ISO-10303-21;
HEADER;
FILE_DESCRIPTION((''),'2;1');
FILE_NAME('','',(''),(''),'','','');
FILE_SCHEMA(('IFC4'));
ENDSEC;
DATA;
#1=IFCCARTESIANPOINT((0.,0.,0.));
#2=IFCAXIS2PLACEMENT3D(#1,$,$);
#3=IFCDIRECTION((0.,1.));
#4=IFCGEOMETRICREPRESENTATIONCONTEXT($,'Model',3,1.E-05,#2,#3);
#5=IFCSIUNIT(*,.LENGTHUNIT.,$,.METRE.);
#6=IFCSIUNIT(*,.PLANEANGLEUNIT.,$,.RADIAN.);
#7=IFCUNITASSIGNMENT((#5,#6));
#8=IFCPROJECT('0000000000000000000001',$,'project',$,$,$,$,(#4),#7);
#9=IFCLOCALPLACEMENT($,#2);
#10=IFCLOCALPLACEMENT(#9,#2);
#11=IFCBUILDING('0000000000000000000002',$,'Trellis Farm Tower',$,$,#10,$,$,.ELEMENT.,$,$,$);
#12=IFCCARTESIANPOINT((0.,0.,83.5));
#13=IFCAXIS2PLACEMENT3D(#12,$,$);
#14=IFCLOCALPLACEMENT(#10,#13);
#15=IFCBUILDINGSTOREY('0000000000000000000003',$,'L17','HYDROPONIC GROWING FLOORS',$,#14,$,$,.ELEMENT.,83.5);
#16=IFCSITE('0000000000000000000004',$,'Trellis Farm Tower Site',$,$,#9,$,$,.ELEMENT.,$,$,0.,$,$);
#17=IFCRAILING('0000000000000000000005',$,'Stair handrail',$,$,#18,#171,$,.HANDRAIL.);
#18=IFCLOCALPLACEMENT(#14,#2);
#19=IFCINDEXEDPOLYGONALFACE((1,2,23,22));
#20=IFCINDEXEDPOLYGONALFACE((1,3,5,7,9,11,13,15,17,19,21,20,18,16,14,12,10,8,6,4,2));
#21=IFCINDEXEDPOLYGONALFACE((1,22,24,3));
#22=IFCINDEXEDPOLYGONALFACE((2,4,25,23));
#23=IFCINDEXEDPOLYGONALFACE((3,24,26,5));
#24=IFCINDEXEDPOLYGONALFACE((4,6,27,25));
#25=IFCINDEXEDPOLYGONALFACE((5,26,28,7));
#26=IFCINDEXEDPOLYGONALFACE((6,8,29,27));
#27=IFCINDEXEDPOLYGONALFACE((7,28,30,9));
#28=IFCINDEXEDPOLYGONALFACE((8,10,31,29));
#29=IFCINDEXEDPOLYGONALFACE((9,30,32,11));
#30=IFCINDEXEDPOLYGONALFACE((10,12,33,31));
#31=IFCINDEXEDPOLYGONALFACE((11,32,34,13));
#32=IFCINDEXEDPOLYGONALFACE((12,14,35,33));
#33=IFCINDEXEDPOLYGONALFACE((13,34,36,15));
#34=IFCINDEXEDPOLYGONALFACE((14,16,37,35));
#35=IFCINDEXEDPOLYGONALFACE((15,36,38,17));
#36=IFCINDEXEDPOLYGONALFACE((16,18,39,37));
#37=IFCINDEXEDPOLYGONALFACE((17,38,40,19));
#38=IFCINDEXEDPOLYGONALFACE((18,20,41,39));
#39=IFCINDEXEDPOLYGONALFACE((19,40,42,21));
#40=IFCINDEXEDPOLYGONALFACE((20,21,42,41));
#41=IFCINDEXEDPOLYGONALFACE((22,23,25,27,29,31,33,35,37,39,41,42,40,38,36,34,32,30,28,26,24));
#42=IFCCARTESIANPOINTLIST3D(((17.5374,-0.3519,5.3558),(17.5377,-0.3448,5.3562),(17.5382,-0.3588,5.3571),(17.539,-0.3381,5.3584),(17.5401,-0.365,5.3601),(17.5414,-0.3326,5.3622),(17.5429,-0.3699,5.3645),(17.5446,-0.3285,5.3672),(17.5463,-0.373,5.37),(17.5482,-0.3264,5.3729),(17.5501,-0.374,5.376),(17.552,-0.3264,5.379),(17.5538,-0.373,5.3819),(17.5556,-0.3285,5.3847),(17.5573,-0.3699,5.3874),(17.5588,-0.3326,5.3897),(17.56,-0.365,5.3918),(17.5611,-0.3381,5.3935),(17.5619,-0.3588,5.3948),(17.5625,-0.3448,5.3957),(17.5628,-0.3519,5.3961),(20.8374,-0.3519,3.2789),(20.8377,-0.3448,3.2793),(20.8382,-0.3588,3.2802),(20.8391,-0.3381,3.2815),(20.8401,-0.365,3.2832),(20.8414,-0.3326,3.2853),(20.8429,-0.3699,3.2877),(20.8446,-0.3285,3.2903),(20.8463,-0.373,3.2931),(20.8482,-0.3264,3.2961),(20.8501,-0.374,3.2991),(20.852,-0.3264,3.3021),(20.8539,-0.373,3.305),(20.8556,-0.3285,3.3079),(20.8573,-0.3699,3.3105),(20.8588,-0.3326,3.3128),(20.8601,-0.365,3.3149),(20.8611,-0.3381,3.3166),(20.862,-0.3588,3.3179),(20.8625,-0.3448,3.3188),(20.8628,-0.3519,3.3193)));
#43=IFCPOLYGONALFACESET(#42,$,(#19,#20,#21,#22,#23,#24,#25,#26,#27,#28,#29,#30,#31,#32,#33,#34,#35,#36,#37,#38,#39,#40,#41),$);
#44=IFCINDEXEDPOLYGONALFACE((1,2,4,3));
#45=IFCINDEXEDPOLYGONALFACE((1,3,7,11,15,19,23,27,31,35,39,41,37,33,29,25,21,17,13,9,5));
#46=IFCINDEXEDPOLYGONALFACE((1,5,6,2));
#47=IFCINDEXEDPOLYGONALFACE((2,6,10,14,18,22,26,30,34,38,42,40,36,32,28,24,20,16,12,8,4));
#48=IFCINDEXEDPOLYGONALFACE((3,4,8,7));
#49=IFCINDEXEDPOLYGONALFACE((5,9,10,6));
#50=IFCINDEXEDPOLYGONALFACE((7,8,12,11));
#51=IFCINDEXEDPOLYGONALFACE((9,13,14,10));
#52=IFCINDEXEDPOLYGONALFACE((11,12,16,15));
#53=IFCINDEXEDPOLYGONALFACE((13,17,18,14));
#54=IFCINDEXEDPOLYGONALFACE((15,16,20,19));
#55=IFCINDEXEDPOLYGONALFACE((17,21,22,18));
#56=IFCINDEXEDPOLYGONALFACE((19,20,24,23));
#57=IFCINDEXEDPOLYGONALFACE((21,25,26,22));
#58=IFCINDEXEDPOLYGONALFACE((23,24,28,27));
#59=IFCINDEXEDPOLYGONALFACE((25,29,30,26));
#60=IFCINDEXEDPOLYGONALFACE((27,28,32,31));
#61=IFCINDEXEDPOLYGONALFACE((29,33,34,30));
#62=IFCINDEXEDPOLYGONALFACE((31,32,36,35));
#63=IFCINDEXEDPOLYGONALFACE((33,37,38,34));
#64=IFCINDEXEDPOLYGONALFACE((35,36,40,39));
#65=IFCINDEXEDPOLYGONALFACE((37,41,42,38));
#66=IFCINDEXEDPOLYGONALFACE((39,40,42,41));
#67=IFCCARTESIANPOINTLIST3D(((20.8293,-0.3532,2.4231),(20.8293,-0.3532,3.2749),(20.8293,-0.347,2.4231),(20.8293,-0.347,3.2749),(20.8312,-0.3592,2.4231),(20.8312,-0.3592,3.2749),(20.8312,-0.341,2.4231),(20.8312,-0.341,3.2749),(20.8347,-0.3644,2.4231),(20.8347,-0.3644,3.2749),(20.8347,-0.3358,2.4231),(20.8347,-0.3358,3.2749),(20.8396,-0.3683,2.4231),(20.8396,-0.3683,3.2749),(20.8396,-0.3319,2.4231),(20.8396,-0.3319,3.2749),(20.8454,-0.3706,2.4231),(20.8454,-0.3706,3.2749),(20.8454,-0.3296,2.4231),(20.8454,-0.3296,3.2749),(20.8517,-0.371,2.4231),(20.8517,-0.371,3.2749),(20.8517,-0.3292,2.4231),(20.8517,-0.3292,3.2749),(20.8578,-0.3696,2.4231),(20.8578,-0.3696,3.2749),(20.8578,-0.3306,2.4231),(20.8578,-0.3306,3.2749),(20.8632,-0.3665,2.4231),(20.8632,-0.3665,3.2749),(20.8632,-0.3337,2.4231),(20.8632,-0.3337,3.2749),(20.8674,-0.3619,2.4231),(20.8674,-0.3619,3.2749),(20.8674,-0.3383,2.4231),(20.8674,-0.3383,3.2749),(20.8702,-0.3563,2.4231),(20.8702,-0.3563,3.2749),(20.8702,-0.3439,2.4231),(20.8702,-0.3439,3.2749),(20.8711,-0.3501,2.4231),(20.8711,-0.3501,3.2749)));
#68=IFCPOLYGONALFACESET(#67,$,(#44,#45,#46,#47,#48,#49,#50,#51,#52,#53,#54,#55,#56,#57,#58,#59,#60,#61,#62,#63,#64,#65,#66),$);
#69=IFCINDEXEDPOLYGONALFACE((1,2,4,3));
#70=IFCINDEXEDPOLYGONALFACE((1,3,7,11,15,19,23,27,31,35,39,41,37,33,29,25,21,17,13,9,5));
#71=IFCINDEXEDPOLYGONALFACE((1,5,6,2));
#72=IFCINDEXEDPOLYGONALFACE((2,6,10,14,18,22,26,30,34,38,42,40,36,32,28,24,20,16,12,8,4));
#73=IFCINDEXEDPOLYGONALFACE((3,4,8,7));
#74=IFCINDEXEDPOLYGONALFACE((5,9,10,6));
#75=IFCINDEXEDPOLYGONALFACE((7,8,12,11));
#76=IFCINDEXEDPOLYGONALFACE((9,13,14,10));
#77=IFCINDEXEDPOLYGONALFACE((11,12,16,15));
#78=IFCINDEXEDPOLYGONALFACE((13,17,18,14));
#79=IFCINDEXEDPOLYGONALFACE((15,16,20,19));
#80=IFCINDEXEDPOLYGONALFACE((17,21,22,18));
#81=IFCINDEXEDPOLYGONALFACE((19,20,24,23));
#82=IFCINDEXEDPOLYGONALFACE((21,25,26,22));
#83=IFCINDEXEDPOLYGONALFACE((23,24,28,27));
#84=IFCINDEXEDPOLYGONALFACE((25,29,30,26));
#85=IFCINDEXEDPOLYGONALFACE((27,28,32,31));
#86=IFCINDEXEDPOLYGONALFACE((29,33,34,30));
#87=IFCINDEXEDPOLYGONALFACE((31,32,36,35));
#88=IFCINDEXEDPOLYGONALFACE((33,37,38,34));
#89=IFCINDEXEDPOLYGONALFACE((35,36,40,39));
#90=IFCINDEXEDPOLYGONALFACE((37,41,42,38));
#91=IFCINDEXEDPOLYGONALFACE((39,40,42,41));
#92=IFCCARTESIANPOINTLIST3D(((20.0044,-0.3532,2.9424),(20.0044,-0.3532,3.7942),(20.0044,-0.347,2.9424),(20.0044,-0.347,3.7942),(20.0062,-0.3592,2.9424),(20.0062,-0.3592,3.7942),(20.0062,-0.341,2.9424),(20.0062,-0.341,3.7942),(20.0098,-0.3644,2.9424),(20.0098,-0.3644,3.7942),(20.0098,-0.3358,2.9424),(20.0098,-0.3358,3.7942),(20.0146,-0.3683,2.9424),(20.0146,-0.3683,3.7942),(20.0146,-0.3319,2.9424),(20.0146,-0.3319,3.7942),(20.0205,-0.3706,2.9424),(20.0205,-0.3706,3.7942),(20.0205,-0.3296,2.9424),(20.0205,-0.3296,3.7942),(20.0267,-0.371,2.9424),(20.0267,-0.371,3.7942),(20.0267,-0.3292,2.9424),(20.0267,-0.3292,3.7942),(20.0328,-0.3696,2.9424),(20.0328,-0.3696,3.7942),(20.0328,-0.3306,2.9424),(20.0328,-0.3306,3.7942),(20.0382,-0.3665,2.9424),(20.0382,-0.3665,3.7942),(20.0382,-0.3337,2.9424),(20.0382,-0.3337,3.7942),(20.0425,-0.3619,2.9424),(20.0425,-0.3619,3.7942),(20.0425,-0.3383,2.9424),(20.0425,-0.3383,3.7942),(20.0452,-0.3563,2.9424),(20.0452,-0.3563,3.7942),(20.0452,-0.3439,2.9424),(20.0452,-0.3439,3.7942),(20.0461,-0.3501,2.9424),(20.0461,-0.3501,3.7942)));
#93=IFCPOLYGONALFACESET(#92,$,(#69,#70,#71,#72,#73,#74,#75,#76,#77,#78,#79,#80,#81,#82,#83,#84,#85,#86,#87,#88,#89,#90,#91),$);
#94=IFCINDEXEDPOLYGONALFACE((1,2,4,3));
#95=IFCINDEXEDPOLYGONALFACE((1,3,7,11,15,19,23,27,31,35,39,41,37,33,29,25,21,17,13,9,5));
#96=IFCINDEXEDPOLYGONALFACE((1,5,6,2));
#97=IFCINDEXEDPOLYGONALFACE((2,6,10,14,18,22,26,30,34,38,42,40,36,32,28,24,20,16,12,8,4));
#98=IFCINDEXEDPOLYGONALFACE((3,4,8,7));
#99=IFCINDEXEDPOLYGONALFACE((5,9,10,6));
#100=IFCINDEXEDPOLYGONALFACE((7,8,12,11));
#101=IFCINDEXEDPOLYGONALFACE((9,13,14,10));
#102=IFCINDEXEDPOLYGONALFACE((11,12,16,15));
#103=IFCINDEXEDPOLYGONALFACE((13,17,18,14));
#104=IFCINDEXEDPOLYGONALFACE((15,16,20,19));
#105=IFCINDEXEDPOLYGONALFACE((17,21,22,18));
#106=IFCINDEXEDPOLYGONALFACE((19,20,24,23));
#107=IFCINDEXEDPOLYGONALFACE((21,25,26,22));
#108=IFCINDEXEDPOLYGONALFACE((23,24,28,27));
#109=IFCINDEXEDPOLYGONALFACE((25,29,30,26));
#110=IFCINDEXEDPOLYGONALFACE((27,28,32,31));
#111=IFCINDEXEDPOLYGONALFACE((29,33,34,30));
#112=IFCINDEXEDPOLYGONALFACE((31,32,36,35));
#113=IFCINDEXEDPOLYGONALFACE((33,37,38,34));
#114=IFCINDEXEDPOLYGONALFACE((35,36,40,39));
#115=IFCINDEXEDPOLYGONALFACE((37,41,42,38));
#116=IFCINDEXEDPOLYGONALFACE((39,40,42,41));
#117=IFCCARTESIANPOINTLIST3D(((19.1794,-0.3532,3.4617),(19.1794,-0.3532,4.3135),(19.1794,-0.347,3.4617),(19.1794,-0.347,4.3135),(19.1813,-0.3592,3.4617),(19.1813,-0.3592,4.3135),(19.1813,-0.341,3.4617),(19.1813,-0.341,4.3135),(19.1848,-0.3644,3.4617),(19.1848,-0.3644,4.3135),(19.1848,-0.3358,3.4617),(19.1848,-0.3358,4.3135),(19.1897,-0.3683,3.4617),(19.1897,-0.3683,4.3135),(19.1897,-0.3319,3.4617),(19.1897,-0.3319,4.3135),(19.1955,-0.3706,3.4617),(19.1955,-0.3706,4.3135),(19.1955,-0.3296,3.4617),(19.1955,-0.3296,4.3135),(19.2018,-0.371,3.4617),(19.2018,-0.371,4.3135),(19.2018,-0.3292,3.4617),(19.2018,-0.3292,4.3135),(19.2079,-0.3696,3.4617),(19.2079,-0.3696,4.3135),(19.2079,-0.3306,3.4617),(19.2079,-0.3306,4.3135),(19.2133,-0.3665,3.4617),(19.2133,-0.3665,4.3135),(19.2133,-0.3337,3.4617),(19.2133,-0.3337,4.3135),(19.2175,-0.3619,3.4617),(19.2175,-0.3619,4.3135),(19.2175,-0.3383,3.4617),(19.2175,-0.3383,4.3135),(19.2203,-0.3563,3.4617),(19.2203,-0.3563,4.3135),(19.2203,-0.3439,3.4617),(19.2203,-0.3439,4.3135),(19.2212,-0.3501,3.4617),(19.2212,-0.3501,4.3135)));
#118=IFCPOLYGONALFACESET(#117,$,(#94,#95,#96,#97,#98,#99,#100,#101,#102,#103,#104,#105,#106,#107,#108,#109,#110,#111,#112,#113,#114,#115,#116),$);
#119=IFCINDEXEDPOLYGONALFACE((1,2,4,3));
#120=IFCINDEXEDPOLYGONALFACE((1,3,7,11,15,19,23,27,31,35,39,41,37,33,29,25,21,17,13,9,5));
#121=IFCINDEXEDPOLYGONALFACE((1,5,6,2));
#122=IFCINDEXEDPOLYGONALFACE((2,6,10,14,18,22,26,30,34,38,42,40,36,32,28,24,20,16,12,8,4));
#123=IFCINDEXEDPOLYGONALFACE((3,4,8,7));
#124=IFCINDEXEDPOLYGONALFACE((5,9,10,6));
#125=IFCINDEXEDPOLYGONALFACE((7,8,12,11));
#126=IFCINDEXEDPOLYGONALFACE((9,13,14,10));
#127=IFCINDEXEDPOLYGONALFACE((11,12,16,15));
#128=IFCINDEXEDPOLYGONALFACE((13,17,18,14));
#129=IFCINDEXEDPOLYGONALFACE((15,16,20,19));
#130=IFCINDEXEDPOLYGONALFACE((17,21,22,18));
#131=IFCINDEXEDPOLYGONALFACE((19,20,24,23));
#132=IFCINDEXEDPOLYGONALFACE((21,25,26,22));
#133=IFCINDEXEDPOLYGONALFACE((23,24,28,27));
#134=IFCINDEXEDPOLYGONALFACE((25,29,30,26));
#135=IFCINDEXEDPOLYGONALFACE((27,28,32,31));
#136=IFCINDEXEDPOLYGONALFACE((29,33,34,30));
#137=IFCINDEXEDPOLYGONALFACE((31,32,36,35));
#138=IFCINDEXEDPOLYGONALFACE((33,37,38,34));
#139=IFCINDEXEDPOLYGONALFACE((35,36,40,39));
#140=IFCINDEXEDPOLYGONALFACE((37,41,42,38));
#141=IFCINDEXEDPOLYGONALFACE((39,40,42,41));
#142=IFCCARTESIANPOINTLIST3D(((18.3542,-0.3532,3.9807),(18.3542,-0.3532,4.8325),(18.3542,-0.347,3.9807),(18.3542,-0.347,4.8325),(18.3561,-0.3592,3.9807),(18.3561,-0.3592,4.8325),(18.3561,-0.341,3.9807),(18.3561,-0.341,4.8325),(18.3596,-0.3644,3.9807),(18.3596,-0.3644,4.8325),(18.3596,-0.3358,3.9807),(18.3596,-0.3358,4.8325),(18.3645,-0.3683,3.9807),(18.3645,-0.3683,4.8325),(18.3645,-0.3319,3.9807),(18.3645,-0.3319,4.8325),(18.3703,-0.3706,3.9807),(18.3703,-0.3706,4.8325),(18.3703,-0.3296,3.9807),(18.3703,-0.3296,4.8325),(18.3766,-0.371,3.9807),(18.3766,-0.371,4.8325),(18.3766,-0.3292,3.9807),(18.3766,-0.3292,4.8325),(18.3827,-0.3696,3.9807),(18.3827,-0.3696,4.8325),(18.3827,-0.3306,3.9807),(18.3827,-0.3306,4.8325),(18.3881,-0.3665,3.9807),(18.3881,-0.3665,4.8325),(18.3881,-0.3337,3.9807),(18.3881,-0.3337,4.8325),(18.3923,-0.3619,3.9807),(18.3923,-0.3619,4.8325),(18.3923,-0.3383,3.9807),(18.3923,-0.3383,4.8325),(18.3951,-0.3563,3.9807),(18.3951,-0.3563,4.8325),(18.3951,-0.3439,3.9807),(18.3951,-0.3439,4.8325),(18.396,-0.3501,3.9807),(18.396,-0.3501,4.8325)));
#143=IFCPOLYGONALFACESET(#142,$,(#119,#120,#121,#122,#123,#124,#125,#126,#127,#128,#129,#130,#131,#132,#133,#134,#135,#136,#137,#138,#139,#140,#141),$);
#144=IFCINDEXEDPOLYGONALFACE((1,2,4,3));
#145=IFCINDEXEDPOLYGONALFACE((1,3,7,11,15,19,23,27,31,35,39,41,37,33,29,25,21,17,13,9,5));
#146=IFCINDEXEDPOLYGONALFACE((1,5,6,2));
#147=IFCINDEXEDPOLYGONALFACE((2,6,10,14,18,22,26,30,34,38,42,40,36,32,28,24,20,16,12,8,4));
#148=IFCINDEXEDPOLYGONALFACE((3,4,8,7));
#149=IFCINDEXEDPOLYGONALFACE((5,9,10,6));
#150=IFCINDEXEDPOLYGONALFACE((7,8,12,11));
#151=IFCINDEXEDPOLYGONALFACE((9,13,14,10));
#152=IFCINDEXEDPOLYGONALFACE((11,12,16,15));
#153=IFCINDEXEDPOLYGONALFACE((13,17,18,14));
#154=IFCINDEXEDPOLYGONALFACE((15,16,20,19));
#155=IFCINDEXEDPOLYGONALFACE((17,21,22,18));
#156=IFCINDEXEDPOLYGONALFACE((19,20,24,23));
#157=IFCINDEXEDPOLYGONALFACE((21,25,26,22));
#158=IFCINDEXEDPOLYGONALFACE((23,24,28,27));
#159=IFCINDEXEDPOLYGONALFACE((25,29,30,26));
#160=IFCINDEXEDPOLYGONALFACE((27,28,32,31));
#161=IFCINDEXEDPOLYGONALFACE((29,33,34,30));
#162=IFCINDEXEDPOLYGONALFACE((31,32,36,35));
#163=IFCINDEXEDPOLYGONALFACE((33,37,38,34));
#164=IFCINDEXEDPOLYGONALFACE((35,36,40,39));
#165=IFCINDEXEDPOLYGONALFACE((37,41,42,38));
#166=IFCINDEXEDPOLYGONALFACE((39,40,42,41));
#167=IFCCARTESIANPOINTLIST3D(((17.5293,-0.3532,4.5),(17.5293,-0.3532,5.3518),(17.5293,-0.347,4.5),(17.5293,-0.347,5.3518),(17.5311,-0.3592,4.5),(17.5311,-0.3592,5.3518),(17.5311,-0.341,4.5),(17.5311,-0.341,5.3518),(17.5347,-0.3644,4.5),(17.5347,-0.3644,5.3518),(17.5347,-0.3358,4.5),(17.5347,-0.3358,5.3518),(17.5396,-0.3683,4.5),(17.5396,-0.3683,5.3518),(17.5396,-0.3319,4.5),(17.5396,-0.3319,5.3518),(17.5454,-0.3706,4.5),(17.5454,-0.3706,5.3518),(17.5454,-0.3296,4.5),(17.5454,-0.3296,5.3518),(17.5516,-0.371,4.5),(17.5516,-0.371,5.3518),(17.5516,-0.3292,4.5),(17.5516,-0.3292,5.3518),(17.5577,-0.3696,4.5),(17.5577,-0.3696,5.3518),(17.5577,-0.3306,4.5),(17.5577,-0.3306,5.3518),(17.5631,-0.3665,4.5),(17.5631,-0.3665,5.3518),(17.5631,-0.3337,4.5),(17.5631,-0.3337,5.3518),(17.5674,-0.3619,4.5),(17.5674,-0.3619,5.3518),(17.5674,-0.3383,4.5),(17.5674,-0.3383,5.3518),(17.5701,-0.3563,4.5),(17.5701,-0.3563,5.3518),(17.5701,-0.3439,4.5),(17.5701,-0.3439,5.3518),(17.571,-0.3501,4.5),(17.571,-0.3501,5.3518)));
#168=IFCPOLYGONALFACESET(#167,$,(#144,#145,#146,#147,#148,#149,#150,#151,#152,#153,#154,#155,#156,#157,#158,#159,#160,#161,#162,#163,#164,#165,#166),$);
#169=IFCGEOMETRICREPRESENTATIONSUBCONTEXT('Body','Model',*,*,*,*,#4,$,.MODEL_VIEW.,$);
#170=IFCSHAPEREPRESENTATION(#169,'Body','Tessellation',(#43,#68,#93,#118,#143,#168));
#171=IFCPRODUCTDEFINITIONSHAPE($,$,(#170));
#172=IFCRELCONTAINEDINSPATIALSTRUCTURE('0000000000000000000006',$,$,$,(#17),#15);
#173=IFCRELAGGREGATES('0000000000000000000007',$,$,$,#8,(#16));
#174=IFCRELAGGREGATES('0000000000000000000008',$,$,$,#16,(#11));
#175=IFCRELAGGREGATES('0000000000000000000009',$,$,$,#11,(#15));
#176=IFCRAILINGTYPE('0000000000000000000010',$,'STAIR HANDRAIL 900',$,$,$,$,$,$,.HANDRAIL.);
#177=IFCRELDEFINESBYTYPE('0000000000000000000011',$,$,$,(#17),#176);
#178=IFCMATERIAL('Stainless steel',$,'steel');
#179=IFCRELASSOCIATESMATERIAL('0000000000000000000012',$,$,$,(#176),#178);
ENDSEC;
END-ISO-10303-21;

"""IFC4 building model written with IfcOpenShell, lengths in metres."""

from ifc_helpers import new_model, si_unit, direction, frame, origin, origin_2d, place, context, subcontext, project, spatial, circle, extrude, source, transform, mapped, material, type_object, element, save


model = new_model("IFC4")

# Units and contexts
model_context = context("Model", 3, precision=1e-05, world=origin(), true_north=direction((0.0, 1.0)))
body_context = subcontext(model_context, "Body", "Model", "MODEL_VIEW")
ifc_project = project(units=[si_unit("LENGTHUNIT", "METRE"), si_unit("PLANEANGLEUNIT", "RADIAN")], contexts=[model_context])

# Site, building, storey
site_placement = place(None, origin())
site = spatial("IfcSite", under=ifc_project, at=site_placement, Name="Trellis Farm Tower Site", CompositionType="ELEMENT", RefElevation=0.0)
building_placement = place(site_placement, origin())
building = spatial("IfcBuilding", under=site, at=building_placement, Name="Trellis Farm Tower", CompositionType="ELEMENT")
storey_placement = place(building_placement, frame((0.0, 0.0, 83.5)))
storey = spatial("IfcBuildingStorey", under=building, at=storey_placement, Name="L17", Description="HYDROPONIC GROWING FLOORS", CompositionType="ELEMENT", Elevation=83.5)

# Shared definitions
ifc_material_1 = material(Name="Stainless steel", Category="steel")

# Railing
railing_type = type_object("IfcRailingType", Name="STAIR HANDRAIL 900", PredefinedType="HANDRAIL", material=ifc_material_1)
shared_shape_1 = source(origin(), body_context, "Body", "SweptSolid", [
    extrude(circle(Radius=0.0239, at=origin_2d()), frame((0.0, 0.0, 0.876), z_axis=(-0.846337, 0.0, 0.532647), x_axis=(0.0, -1.0, 0.0)), (0.0, 0.0, 1.0), 3.8992),
    extrude(circle(Radius=0.021, at=origin_2d()), origin(), (0.0, 0.0, 1.0), 0.8518),
    extrude(circle(Radius=0.021, at=origin_2d()), frame((-0.825, 0.0, 0.5193)), (0.0, 0.0, 1.0), 0.8518),
    extrude(circle(Radius=0.021, at=origin_2d()), frame((-1.6499, 0.0, 1.0386)), (0.0, 0.0, 1.0), 0.8518),
    extrude(circle(Radius=0.021, at=origin_2d()), frame((-2.4751, 0.0, 1.5576)), (0.0, 0.0, 1.0), 0.8518),
    extrude(circle(Radius=0.021, at=origin_2d()), frame((-3.3, 0.0, 2.0769)), (0.0, 0.0, 1.0), 0.8518),
])
for number, where, name in (
    (1, (20.8501, -0.3501, 2.4231), "Stair handrail"),
):
    element("IfcRailing", number, at=place(storey_placement, frame(where)), inside=storey, type_object=railing_type, Name=name, PredefinedType="HANDRAIL", context=body_context, shape_type="MappedRepresentation", body=[
        mapped(shared_shape_1, transform((0.0, 0.0, 0.0))),
    ])

save(model, "model.ifc")
